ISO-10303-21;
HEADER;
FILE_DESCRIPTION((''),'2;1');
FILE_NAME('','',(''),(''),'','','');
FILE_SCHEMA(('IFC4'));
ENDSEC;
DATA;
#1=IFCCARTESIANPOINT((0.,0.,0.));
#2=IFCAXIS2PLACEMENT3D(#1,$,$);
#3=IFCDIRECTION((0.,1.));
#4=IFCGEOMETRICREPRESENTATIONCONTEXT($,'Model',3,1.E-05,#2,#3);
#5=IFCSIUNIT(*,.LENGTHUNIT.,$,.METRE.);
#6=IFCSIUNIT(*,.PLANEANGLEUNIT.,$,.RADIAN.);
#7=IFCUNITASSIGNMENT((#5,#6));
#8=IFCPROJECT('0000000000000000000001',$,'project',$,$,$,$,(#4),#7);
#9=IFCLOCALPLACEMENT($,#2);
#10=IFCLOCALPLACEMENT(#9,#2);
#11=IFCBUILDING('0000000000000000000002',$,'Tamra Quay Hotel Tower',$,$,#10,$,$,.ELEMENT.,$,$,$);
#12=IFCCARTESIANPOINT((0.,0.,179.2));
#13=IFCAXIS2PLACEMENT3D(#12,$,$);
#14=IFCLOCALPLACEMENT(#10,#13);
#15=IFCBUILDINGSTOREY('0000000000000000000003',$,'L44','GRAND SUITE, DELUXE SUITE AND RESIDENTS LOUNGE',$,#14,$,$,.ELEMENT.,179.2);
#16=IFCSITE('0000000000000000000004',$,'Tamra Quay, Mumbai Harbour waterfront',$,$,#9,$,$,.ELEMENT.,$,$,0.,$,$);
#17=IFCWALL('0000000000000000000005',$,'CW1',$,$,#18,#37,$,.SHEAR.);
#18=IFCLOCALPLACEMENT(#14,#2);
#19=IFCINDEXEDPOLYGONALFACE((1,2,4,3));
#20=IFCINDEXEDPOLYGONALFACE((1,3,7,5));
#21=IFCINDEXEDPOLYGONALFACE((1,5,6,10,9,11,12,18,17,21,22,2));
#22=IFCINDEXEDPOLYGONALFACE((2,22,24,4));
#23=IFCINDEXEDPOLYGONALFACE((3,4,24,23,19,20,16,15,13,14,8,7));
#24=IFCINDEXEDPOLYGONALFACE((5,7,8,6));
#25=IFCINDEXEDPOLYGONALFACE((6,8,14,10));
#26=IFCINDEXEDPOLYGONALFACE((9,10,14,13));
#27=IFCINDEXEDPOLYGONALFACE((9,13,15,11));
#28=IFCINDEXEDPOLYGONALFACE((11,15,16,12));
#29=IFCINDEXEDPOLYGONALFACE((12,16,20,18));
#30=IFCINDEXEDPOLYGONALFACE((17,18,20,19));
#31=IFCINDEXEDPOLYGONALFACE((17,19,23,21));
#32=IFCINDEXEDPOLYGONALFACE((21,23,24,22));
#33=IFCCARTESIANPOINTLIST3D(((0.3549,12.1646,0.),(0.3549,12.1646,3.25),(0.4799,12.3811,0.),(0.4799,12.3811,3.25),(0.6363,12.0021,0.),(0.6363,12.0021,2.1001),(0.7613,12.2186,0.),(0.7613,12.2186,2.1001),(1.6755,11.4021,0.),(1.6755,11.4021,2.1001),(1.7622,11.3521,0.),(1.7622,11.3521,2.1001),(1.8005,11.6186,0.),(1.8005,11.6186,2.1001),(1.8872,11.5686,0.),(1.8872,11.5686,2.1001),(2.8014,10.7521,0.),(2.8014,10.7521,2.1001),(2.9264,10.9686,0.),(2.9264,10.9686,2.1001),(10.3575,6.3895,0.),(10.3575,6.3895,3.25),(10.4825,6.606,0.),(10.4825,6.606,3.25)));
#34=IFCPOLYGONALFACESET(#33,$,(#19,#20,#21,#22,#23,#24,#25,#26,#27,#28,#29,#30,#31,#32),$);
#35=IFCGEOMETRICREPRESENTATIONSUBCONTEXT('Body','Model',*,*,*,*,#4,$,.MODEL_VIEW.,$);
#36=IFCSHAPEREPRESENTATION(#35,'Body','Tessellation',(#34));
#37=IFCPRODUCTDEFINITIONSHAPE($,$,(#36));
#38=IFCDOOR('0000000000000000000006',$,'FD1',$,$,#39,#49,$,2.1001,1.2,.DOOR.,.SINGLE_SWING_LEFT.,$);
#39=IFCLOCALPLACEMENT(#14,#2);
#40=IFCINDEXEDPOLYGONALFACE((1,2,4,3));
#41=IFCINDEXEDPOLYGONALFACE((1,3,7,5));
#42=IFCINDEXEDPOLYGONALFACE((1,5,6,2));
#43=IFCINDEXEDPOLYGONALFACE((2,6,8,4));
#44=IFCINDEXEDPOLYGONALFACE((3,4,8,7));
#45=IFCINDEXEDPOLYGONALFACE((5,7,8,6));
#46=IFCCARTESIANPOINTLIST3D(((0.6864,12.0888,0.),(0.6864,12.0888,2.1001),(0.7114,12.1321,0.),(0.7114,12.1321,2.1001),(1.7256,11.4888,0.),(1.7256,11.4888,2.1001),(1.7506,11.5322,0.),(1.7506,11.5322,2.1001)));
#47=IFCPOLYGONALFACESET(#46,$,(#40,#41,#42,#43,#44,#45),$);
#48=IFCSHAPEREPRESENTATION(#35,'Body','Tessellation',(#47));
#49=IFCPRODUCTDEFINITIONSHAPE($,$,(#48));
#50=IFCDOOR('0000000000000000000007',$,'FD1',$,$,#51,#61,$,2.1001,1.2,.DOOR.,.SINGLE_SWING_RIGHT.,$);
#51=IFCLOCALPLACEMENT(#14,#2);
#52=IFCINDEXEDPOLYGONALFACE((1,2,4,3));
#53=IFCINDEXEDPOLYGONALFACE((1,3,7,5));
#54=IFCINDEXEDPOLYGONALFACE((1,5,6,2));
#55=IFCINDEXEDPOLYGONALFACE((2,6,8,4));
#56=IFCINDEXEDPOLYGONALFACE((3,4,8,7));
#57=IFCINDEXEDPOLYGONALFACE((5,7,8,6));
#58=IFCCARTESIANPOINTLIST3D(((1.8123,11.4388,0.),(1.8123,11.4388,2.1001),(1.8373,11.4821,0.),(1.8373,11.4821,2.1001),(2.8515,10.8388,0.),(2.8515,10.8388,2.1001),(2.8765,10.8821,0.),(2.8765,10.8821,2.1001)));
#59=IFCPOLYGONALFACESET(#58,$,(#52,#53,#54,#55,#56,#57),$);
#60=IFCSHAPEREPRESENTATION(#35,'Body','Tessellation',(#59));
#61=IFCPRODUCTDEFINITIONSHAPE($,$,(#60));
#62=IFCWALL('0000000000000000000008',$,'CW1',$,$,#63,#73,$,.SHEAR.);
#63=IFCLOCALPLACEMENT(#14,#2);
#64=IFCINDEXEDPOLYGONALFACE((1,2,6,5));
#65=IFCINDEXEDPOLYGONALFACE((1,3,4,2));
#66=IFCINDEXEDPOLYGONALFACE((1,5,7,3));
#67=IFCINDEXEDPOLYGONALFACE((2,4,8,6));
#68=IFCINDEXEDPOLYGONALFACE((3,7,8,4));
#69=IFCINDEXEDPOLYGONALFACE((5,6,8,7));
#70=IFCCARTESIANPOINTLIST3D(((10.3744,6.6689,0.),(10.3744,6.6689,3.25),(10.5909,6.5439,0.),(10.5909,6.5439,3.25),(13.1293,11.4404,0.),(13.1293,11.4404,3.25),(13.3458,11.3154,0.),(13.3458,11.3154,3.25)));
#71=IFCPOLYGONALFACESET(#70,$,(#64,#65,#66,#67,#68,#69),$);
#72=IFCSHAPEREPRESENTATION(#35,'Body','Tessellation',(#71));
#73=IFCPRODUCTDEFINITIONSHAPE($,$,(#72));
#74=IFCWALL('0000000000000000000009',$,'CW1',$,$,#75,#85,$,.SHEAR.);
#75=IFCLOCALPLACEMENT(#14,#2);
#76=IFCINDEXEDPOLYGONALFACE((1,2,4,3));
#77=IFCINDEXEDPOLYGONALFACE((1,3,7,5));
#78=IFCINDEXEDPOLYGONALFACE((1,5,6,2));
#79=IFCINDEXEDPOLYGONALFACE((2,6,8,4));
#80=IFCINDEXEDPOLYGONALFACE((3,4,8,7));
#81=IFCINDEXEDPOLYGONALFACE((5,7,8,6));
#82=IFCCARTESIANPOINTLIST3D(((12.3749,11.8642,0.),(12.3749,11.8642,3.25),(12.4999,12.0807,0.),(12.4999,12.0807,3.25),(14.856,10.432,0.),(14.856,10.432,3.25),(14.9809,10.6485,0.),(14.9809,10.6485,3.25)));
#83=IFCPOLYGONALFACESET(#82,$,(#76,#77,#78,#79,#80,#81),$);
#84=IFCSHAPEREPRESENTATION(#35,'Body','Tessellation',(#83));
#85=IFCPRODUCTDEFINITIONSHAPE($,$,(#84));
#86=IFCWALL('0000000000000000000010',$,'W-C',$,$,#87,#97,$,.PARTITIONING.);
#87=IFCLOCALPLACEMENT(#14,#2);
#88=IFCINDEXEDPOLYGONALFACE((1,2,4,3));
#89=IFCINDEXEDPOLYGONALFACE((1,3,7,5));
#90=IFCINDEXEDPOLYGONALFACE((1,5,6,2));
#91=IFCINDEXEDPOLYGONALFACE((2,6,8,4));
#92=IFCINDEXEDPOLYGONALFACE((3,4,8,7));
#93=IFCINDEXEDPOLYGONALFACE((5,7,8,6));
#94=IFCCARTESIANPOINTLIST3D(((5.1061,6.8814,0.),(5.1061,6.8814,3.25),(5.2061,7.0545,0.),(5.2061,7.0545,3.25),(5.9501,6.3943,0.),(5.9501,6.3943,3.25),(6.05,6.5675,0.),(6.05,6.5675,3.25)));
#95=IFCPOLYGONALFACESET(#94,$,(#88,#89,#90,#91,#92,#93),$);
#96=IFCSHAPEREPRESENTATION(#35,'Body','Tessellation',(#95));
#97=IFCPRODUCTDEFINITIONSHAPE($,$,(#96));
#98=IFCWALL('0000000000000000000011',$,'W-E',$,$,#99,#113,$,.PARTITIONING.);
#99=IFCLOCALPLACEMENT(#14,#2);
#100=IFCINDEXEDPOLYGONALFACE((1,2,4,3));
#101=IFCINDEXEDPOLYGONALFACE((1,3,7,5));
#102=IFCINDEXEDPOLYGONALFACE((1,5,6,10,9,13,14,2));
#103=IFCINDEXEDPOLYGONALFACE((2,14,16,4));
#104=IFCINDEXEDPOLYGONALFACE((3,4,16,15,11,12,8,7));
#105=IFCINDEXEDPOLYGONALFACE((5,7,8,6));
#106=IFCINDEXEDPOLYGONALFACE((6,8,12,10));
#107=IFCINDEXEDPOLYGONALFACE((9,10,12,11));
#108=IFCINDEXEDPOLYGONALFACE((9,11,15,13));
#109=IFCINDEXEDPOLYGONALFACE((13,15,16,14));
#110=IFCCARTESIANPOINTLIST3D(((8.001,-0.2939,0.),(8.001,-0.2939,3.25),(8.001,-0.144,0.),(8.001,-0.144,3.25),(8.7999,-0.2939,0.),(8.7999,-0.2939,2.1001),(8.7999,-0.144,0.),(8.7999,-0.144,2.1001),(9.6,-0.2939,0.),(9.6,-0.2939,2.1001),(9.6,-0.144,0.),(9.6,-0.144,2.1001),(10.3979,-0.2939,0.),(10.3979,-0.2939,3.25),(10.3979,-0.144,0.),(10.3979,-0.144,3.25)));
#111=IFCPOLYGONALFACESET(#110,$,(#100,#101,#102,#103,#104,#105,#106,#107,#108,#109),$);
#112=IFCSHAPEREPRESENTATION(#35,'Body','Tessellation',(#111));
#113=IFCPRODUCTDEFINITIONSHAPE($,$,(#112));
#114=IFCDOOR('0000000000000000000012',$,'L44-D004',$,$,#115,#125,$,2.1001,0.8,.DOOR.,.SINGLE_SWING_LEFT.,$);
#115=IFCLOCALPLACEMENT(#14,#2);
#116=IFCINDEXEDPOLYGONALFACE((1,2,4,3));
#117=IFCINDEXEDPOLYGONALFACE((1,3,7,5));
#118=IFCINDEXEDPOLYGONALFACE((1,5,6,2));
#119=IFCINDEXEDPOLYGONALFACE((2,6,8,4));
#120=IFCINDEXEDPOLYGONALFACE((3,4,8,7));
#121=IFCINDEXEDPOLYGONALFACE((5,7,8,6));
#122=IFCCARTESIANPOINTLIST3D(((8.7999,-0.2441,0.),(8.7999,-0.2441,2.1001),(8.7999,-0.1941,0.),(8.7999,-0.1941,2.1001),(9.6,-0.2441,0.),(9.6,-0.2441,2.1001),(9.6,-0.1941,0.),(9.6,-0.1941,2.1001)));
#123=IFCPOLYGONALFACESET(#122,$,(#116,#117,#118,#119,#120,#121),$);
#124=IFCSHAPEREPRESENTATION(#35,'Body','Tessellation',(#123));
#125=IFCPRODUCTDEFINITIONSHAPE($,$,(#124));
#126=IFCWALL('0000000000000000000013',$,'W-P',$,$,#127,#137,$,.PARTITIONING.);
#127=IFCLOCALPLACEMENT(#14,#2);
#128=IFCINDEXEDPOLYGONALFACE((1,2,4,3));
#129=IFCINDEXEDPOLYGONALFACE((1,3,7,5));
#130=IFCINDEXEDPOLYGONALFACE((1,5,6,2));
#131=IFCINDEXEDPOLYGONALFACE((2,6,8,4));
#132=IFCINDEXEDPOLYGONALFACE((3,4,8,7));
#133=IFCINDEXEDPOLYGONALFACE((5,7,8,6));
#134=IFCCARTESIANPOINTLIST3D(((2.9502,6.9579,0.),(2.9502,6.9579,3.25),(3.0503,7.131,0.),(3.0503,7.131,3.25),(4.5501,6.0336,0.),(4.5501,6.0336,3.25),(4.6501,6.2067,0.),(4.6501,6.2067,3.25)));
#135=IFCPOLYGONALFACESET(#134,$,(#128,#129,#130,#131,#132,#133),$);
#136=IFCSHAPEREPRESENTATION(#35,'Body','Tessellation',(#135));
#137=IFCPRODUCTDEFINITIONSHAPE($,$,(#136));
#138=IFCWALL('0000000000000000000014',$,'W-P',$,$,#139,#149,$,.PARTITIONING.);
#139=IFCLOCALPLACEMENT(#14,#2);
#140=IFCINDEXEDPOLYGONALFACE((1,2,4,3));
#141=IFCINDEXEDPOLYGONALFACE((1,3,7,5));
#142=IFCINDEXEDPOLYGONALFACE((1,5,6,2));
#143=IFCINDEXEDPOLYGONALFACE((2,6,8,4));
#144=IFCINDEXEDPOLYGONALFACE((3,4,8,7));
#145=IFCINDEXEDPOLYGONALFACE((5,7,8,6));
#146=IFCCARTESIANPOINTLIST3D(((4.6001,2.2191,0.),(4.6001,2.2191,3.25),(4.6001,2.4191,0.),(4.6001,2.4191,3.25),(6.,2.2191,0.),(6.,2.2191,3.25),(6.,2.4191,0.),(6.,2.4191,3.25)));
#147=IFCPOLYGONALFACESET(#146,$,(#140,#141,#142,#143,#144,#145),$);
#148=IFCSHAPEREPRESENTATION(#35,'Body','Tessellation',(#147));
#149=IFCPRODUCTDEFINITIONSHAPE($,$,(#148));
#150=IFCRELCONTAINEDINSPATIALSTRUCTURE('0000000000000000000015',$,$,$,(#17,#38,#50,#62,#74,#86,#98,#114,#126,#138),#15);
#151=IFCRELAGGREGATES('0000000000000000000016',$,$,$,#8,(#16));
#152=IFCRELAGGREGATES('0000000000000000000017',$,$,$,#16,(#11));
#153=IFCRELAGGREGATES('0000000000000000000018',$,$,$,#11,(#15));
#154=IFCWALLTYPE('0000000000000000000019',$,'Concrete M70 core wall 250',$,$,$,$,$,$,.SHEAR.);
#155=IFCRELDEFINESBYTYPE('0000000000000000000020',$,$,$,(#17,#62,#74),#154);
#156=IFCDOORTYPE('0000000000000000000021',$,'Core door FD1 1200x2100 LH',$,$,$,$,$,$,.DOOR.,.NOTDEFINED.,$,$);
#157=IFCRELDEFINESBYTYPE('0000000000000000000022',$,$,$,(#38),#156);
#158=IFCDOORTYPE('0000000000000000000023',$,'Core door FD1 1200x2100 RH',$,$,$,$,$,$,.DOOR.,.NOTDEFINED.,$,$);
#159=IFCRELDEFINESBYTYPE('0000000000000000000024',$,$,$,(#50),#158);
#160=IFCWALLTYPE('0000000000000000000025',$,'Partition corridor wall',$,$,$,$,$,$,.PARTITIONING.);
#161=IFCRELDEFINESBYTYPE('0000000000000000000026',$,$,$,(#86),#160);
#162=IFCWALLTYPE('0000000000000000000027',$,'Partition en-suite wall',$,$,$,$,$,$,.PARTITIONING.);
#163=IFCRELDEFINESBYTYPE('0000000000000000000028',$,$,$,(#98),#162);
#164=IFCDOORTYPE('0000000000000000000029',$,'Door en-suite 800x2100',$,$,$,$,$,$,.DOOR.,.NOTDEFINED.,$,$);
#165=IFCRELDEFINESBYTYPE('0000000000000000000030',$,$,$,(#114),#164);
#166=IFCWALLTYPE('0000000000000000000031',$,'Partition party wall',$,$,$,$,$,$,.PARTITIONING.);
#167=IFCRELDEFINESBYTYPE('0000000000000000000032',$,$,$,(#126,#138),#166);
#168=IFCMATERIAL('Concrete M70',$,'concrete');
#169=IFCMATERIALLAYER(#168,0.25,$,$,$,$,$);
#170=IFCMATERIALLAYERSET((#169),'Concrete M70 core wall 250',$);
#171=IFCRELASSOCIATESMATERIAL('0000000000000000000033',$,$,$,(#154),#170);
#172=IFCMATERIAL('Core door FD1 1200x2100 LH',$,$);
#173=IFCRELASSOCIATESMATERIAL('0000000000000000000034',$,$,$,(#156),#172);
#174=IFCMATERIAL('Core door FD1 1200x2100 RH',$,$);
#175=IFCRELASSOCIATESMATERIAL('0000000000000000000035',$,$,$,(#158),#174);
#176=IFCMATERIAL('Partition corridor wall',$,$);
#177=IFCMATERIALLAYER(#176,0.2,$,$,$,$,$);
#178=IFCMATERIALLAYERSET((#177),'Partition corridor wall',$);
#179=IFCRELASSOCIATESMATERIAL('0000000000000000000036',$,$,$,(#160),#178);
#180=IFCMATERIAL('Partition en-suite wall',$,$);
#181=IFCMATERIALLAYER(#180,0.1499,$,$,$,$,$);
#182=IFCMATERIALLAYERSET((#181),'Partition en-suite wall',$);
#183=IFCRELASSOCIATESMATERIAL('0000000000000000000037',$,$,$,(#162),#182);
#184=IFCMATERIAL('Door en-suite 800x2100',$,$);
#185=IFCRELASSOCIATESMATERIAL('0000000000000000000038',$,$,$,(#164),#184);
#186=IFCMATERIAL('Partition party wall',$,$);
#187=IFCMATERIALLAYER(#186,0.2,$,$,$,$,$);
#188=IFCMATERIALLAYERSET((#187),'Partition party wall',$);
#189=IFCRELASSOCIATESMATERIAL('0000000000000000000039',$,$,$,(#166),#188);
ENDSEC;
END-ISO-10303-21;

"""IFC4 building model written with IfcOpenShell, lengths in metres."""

from ifc_helpers import new_model, si_unit, direction, frame, frame_2d, origin, place, context, subcontext, project, spatial, rectangle, extrude, material, layer, layer_set, type_object, element, fill, save


model = new_model("IFC4")

# Units and contexts
model_context = context("Model", 3, precision=1e-05, world=origin(), true_north=direction((0.0, 1.0)))
body_context = subcontext(model_context, "Body", "Model", "MODEL_VIEW")
ifc_project = project(units=[si_unit("LENGTHUNIT", "METRE"), si_unit("PLANEANGLEUNIT", "RADIAN")], contexts=[model_context])

# Site, building, storey
site_placement = place(None, origin())
site = spatial("IfcSite", under=ifc_project, at=site_placement, Name="Tamra Quay, Mumbai Harbour waterfront", CompositionType="ELEMENT", RefElevation=0.0)
building_placement = place(site_placement, origin())
building = spatial("IfcBuilding", under=site, at=building_placement, Name="Tamra Quay Hotel Tower", CompositionType="ELEMENT")
storey_placement = place(building_placement, frame((0.0, 0.0, 179.2)))
storey = spatial("IfcBuildingStorey", under=building, at=storey_placement, Name="L44", Description="GRAND SUITE, DELUXE SUITE AND RESIDENTS LOUNGE", CompositionType="ELEMENT", Elevation=179.2)

# Shared definitions
ifc_material_1 = material(Name="Concrete M70", Category="concrete")

# Wall, openings, doors
ifc_layer_1 = layer(ifc_material_1, 0.25)
ifc_layer_set_1 = layer_set([ifc_layer_1], Name="Concrete M70 core wall 250")
wall_type_1 = type_object("IfcWallType", Name="Concrete M70 core wall 250", PredefinedType="SHEAR", material=ifc_layer_set_1)
wall_1_placement = place(storey_placement, frame((10.4199, 6.4978, 0.0), z_axis=(0.0, 0.0, 1.0), x_axis=(-0.866022, 0.500006, 0.0)))
wall_1 = element("IfcWall", 1, at=wall_1_placement, inside=storey, type_object=wall_type_1, Name="CW1", PredefinedType="SHEAR", context=body_context, shape_type="SweptSolid", body=[
    extrude(rectangle(XDim=11.55, YDim=0.25, at=frame_2d((5.7749, 0.0))), origin(), (0.0, 0.0, 1.0), 3.25),
])
opening_1_placement = place(wall_1_placement, frame((10.0249, 0.0, 0.0)))
opening_1 = element("IfcOpeningElement", 2, at=opening_1_placement, cuts=wall_1, PredefinedType="OPENING", context=body_context, shape_type="SweptSolid", body=[
    extrude(rectangle(XDim=1.2, YDim=2.1001, at=frame_2d((0.6001, 1.05))), frame((0.0, 0.135, 0.0), z_axis=(0.0, -1.0, 0.0), x_axis=(1.0, 0.0, 0.0)), (0.0, 0.0, 1.0), 0.27),
])
opening_2_placement = place(wall_1_placement, frame((8.7249, 0.0, 0.0)))
opening_2 = element("IfcOpeningElement", 3, at=opening_2_placement, cuts=wall_1, PredefinedType="OPENING", context=body_context, shape_type="SweptSolid", body=[
    extrude(rectangle(XDim=1.2, YDim=2.1001, at=frame_2d((0.6001, 1.05))), frame((0.0, 0.135, 0.0), z_axis=(0.0, -1.0, 0.0), x_axis=(1.0, 0.0, 0.0)), (0.0, 0.0, 1.0), 0.27),
])
ifc_material_2 = material(Name="Core door FD1 1200x2100 LH")
door_type_1 = type_object("IfcDoorType", Name="Core door FD1 1200x2100 LH", OperationType="NOTDEFINED", PredefinedType="DOOR", material=ifc_material_2)
door_1_placement = place(opening_1_placement, origin())
door_1 = element("IfcDoor", 4, at=door_1_placement, inside=storey, type_object=door_type_1, Name="FD1", OperationType="SINGLE_SWING_LEFT", OverallHeight=2.1001, OverallWidth=1.2, PredefinedType="DOOR", context=body_context, shape_type="SweptSolid", body=[
    extrude(rectangle(XDim=1.2, YDim=2.1001, at=frame_2d((0.6001, 1.05))), frame((0.0, 0.0249, 0.0), z_axis=(0.0, -1.0, 0.0), x_axis=(1.0, 0.0, 0.0)), (0.0, 0.0, 1.0), 0.05),
])
fill(opening_1, door_1)
ifc_material_3 = material(Name="Core door FD1 1200x2100 RH")
door_type_2 = type_object("IfcDoorType", Name="Core door FD1 1200x2100 RH", OperationType="NOTDEFINED", PredefinedType="DOOR", material=ifc_material_3)
door_2_placement = place(opening_2_placement, origin())
door_2 = element("IfcDoor", 5, at=door_2_placement, inside=storey, type_object=door_type_2, Name="FD1", OperationType="SINGLE_SWING_RIGHT", OverallHeight=2.1001, OverallWidth=1.2, PredefinedType="DOOR", context=body_context, shape_type="SweptSolid", body=[
    extrude(rectangle(XDim=1.2, YDim=2.1001, at=frame_2d((0.6001, 1.05))), frame((0.0, 0.0249, 0.0), z_axis=(0.0, -1.0, 0.0), x_axis=(1.0, 0.0, 0.0)), (0.0, 0.0, 1.0), 0.05),
])
fill(opening_2, door_2)

# Walls
wall_2_placement = place(storey_placement, frame((13.2375, 11.3779, 0.0), z_axis=(0.0, 0.0, 1.0), x_axis=(-0.500009, -0.86602, 0.0)))
element("IfcWall", 6, at=wall_2_placement, inside=storey, type_object=wall_type_1, Name="CW1", PredefinedType="SHEAR", context=body_context, shape_type="SweptSolid", body=[
    extrude(rectangle(XDim=5.5098, YDim=0.25, at=frame_2d((2.7549, 0.0))), origin(), (0.0, 0.0, 1.0), 3.25),
])
wall_3_placement = place(storey_placement, frame((14.9185, 10.5403, 0.0), z_axis=(0.0, 0.0, 1.0), x_axis=(-0.866064, 0.499934, 0.0)))
element("IfcWall", 7, at=wall_3_placement, inside=storey, type_object=wall_type_1, Name="CW1", PredefinedType="SHEAR", context=body_context, shape_type="SweptSolid", body=[
    extrude(rectangle(XDim=2.8647, YDim=0.25, at=frame_2d((1.4324, 0.0))), origin(), (0.0, 0.0, 1.0), 3.25),
])
ifc_material_4 = material(Name="Partition corridor wall")
ifc_layer_2 = layer(ifc_material_4, 0.2)
ifc_layer_set_2 = layer_set([ifc_layer_2], Name="Partition corridor wall")
wall_type_2 = type_object("IfcWallType", Name="Partition corridor wall", PredefinedType="PARTITIONING", material=ifc_layer_set_2)
wall_4_placement = place(storey_placement, frame((5.156, 6.968, 0.0), z_axis=(0.0, 0.0, 1.0), x_axis=(0.866123, -0.499831, 0.0)))
element("IfcWall", 8, at=wall_4_placement, inside=storey, type_object=wall_type_2, Name="W-C", PredefinedType="PARTITIONING", context=body_context, shape_type="SweptSolid", body=[
    extrude(rectangle(XDim=0.9744, YDim=0.2, at=frame_2d((0.4873, 0.0))), origin(), (0.0, 0.0, 1.0), 3.25),
])

# Wall, opening, door
ifc_material_5 = material(Name="Partition en-suite wall")
ifc_layer_3 = layer(ifc_material_5, 0.1499)
ifc_layer_set_3 = layer_set([ifc_layer_3], Name="Partition en-suite wall")
wall_type_3 = type_object("IfcWallType", Name="Partition en-suite wall", PredefinedType="PARTITIONING", material=ifc_layer_set_3)
wall_5_placement = place(storey_placement, frame((8.001, -0.219, 0.0), z_axis=(0.0, 0.0, 1.0), x_axis=(1.0, 0.0, 0.0)))
wall_5 = element("IfcWall", 9, at=wall_5_placement, inside=storey, type_object=wall_type_3, Name="W-E", PredefinedType="PARTITIONING", context=body_context, shape_type="SweptSolid", body=[
    extrude(rectangle(XDim=2.397, YDim=0.1499, at=frame_2d((1.1985, 0.0))), origin(), (0.0, 0.0, 1.0), 3.25),
])
opening_3_placement = place(wall_5_placement, frame((0.7991, 0.0, 0.0)))
opening_3 = element("IfcOpeningElement", 10, at=opening_3_placement, cuts=wall_5, PredefinedType="OPENING", context=body_context, shape_type="SweptSolid", body=[
    extrude(rectangle(XDim=0.8, YDim=2.1001, at=frame_2d((0.3999, 1.05))), frame((0.0, 0.085, 0.0), z_axis=(0.0, -1.0, 0.0), x_axis=(1.0, 0.0, 0.0)), (0.0, 0.0, 1.0), 0.1699),
])
ifc_material_6 = material(Name="Door en-suite 800x2100")
door_type_3 = type_object("IfcDoorType", Name="Door en-suite 800x2100", OperationType="NOTDEFINED", PredefinedType="DOOR", material=ifc_material_6)
door_3_placement = place(opening_3_placement, origin())
door_3 = element("IfcDoor", 11, at=door_3_placement, inside=storey, type_object=door_type_3, Name="L44-D004", OperationType="SINGLE_SWING_LEFT", OverallHeight=2.1001, OverallWidth=0.8, PredefinedType="DOOR", context=body_context, shape_type="SweptSolid", body=[
    extrude(rectangle(XDim=0.8, YDim=2.1001, at=frame_2d((0.3999, 1.05))), frame((0.0, 0.0249, 0.0), z_axis=(0.0, -1.0, 0.0), x_axis=(1.0, 0.0, 0.0)), (0.0, 0.0, 1.0), 0.05),
])
fill(opening_3, door_3)

# Walls
ifc_material_7 = material(Name="Partition party wall")
ifc_layer_4 = layer(ifc_material_7, 0.2)
ifc_layer_set_4 = layer_set([ifc_layer_4], Name="Partition party wall")
wall_type_4 = type_object("IfcWallType", Name="Partition party wall", PredefinedType="PARTITIONING", material=ifc_layer_set_4)
wall_6_placement = place(storey_placement, frame((3.0002, 7.0444, 0.0), z_axis=(0.0, 0.0, 1.0), x_axis=(0.865875, -0.50026, 0.0)))
element("IfcWall", 12, at=wall_6_placement, inside=storey, type_object=wall_type_4, Name="W-P", PredefinedType="PARTITIONING", context=body_context, shape_type="SweptSolid", body=[
    extrude(rectangle(XDim=1.8477, YDim=0.2, at=frame_2d((0.9238, 0.0))), origin(), (0.0, 0.0, 1.0), 3.25),
])
wall_7_placement = place(storey_placement, frame((4.6001, 2.3191, 0.0), z_axis=(0.0, 0.0, 1.0), x_axis=(1.0, 0.0, 0.0)))
element("IfcWall", 13, at=wall_7_placement, inside=storey, type_object=wall_type_4, Name="W-P", PredefinedType="PARTITIONING", context=body_context, shape_type="SweptSolid", body=[
    extrude(rectangle(XDim=1.3999, YDim=0.2, at=frame_2d((0.7, 0.0))), origin(), (0.0, 0.0, 1.0), 3.25),
])

save(model, "model.ifc")
